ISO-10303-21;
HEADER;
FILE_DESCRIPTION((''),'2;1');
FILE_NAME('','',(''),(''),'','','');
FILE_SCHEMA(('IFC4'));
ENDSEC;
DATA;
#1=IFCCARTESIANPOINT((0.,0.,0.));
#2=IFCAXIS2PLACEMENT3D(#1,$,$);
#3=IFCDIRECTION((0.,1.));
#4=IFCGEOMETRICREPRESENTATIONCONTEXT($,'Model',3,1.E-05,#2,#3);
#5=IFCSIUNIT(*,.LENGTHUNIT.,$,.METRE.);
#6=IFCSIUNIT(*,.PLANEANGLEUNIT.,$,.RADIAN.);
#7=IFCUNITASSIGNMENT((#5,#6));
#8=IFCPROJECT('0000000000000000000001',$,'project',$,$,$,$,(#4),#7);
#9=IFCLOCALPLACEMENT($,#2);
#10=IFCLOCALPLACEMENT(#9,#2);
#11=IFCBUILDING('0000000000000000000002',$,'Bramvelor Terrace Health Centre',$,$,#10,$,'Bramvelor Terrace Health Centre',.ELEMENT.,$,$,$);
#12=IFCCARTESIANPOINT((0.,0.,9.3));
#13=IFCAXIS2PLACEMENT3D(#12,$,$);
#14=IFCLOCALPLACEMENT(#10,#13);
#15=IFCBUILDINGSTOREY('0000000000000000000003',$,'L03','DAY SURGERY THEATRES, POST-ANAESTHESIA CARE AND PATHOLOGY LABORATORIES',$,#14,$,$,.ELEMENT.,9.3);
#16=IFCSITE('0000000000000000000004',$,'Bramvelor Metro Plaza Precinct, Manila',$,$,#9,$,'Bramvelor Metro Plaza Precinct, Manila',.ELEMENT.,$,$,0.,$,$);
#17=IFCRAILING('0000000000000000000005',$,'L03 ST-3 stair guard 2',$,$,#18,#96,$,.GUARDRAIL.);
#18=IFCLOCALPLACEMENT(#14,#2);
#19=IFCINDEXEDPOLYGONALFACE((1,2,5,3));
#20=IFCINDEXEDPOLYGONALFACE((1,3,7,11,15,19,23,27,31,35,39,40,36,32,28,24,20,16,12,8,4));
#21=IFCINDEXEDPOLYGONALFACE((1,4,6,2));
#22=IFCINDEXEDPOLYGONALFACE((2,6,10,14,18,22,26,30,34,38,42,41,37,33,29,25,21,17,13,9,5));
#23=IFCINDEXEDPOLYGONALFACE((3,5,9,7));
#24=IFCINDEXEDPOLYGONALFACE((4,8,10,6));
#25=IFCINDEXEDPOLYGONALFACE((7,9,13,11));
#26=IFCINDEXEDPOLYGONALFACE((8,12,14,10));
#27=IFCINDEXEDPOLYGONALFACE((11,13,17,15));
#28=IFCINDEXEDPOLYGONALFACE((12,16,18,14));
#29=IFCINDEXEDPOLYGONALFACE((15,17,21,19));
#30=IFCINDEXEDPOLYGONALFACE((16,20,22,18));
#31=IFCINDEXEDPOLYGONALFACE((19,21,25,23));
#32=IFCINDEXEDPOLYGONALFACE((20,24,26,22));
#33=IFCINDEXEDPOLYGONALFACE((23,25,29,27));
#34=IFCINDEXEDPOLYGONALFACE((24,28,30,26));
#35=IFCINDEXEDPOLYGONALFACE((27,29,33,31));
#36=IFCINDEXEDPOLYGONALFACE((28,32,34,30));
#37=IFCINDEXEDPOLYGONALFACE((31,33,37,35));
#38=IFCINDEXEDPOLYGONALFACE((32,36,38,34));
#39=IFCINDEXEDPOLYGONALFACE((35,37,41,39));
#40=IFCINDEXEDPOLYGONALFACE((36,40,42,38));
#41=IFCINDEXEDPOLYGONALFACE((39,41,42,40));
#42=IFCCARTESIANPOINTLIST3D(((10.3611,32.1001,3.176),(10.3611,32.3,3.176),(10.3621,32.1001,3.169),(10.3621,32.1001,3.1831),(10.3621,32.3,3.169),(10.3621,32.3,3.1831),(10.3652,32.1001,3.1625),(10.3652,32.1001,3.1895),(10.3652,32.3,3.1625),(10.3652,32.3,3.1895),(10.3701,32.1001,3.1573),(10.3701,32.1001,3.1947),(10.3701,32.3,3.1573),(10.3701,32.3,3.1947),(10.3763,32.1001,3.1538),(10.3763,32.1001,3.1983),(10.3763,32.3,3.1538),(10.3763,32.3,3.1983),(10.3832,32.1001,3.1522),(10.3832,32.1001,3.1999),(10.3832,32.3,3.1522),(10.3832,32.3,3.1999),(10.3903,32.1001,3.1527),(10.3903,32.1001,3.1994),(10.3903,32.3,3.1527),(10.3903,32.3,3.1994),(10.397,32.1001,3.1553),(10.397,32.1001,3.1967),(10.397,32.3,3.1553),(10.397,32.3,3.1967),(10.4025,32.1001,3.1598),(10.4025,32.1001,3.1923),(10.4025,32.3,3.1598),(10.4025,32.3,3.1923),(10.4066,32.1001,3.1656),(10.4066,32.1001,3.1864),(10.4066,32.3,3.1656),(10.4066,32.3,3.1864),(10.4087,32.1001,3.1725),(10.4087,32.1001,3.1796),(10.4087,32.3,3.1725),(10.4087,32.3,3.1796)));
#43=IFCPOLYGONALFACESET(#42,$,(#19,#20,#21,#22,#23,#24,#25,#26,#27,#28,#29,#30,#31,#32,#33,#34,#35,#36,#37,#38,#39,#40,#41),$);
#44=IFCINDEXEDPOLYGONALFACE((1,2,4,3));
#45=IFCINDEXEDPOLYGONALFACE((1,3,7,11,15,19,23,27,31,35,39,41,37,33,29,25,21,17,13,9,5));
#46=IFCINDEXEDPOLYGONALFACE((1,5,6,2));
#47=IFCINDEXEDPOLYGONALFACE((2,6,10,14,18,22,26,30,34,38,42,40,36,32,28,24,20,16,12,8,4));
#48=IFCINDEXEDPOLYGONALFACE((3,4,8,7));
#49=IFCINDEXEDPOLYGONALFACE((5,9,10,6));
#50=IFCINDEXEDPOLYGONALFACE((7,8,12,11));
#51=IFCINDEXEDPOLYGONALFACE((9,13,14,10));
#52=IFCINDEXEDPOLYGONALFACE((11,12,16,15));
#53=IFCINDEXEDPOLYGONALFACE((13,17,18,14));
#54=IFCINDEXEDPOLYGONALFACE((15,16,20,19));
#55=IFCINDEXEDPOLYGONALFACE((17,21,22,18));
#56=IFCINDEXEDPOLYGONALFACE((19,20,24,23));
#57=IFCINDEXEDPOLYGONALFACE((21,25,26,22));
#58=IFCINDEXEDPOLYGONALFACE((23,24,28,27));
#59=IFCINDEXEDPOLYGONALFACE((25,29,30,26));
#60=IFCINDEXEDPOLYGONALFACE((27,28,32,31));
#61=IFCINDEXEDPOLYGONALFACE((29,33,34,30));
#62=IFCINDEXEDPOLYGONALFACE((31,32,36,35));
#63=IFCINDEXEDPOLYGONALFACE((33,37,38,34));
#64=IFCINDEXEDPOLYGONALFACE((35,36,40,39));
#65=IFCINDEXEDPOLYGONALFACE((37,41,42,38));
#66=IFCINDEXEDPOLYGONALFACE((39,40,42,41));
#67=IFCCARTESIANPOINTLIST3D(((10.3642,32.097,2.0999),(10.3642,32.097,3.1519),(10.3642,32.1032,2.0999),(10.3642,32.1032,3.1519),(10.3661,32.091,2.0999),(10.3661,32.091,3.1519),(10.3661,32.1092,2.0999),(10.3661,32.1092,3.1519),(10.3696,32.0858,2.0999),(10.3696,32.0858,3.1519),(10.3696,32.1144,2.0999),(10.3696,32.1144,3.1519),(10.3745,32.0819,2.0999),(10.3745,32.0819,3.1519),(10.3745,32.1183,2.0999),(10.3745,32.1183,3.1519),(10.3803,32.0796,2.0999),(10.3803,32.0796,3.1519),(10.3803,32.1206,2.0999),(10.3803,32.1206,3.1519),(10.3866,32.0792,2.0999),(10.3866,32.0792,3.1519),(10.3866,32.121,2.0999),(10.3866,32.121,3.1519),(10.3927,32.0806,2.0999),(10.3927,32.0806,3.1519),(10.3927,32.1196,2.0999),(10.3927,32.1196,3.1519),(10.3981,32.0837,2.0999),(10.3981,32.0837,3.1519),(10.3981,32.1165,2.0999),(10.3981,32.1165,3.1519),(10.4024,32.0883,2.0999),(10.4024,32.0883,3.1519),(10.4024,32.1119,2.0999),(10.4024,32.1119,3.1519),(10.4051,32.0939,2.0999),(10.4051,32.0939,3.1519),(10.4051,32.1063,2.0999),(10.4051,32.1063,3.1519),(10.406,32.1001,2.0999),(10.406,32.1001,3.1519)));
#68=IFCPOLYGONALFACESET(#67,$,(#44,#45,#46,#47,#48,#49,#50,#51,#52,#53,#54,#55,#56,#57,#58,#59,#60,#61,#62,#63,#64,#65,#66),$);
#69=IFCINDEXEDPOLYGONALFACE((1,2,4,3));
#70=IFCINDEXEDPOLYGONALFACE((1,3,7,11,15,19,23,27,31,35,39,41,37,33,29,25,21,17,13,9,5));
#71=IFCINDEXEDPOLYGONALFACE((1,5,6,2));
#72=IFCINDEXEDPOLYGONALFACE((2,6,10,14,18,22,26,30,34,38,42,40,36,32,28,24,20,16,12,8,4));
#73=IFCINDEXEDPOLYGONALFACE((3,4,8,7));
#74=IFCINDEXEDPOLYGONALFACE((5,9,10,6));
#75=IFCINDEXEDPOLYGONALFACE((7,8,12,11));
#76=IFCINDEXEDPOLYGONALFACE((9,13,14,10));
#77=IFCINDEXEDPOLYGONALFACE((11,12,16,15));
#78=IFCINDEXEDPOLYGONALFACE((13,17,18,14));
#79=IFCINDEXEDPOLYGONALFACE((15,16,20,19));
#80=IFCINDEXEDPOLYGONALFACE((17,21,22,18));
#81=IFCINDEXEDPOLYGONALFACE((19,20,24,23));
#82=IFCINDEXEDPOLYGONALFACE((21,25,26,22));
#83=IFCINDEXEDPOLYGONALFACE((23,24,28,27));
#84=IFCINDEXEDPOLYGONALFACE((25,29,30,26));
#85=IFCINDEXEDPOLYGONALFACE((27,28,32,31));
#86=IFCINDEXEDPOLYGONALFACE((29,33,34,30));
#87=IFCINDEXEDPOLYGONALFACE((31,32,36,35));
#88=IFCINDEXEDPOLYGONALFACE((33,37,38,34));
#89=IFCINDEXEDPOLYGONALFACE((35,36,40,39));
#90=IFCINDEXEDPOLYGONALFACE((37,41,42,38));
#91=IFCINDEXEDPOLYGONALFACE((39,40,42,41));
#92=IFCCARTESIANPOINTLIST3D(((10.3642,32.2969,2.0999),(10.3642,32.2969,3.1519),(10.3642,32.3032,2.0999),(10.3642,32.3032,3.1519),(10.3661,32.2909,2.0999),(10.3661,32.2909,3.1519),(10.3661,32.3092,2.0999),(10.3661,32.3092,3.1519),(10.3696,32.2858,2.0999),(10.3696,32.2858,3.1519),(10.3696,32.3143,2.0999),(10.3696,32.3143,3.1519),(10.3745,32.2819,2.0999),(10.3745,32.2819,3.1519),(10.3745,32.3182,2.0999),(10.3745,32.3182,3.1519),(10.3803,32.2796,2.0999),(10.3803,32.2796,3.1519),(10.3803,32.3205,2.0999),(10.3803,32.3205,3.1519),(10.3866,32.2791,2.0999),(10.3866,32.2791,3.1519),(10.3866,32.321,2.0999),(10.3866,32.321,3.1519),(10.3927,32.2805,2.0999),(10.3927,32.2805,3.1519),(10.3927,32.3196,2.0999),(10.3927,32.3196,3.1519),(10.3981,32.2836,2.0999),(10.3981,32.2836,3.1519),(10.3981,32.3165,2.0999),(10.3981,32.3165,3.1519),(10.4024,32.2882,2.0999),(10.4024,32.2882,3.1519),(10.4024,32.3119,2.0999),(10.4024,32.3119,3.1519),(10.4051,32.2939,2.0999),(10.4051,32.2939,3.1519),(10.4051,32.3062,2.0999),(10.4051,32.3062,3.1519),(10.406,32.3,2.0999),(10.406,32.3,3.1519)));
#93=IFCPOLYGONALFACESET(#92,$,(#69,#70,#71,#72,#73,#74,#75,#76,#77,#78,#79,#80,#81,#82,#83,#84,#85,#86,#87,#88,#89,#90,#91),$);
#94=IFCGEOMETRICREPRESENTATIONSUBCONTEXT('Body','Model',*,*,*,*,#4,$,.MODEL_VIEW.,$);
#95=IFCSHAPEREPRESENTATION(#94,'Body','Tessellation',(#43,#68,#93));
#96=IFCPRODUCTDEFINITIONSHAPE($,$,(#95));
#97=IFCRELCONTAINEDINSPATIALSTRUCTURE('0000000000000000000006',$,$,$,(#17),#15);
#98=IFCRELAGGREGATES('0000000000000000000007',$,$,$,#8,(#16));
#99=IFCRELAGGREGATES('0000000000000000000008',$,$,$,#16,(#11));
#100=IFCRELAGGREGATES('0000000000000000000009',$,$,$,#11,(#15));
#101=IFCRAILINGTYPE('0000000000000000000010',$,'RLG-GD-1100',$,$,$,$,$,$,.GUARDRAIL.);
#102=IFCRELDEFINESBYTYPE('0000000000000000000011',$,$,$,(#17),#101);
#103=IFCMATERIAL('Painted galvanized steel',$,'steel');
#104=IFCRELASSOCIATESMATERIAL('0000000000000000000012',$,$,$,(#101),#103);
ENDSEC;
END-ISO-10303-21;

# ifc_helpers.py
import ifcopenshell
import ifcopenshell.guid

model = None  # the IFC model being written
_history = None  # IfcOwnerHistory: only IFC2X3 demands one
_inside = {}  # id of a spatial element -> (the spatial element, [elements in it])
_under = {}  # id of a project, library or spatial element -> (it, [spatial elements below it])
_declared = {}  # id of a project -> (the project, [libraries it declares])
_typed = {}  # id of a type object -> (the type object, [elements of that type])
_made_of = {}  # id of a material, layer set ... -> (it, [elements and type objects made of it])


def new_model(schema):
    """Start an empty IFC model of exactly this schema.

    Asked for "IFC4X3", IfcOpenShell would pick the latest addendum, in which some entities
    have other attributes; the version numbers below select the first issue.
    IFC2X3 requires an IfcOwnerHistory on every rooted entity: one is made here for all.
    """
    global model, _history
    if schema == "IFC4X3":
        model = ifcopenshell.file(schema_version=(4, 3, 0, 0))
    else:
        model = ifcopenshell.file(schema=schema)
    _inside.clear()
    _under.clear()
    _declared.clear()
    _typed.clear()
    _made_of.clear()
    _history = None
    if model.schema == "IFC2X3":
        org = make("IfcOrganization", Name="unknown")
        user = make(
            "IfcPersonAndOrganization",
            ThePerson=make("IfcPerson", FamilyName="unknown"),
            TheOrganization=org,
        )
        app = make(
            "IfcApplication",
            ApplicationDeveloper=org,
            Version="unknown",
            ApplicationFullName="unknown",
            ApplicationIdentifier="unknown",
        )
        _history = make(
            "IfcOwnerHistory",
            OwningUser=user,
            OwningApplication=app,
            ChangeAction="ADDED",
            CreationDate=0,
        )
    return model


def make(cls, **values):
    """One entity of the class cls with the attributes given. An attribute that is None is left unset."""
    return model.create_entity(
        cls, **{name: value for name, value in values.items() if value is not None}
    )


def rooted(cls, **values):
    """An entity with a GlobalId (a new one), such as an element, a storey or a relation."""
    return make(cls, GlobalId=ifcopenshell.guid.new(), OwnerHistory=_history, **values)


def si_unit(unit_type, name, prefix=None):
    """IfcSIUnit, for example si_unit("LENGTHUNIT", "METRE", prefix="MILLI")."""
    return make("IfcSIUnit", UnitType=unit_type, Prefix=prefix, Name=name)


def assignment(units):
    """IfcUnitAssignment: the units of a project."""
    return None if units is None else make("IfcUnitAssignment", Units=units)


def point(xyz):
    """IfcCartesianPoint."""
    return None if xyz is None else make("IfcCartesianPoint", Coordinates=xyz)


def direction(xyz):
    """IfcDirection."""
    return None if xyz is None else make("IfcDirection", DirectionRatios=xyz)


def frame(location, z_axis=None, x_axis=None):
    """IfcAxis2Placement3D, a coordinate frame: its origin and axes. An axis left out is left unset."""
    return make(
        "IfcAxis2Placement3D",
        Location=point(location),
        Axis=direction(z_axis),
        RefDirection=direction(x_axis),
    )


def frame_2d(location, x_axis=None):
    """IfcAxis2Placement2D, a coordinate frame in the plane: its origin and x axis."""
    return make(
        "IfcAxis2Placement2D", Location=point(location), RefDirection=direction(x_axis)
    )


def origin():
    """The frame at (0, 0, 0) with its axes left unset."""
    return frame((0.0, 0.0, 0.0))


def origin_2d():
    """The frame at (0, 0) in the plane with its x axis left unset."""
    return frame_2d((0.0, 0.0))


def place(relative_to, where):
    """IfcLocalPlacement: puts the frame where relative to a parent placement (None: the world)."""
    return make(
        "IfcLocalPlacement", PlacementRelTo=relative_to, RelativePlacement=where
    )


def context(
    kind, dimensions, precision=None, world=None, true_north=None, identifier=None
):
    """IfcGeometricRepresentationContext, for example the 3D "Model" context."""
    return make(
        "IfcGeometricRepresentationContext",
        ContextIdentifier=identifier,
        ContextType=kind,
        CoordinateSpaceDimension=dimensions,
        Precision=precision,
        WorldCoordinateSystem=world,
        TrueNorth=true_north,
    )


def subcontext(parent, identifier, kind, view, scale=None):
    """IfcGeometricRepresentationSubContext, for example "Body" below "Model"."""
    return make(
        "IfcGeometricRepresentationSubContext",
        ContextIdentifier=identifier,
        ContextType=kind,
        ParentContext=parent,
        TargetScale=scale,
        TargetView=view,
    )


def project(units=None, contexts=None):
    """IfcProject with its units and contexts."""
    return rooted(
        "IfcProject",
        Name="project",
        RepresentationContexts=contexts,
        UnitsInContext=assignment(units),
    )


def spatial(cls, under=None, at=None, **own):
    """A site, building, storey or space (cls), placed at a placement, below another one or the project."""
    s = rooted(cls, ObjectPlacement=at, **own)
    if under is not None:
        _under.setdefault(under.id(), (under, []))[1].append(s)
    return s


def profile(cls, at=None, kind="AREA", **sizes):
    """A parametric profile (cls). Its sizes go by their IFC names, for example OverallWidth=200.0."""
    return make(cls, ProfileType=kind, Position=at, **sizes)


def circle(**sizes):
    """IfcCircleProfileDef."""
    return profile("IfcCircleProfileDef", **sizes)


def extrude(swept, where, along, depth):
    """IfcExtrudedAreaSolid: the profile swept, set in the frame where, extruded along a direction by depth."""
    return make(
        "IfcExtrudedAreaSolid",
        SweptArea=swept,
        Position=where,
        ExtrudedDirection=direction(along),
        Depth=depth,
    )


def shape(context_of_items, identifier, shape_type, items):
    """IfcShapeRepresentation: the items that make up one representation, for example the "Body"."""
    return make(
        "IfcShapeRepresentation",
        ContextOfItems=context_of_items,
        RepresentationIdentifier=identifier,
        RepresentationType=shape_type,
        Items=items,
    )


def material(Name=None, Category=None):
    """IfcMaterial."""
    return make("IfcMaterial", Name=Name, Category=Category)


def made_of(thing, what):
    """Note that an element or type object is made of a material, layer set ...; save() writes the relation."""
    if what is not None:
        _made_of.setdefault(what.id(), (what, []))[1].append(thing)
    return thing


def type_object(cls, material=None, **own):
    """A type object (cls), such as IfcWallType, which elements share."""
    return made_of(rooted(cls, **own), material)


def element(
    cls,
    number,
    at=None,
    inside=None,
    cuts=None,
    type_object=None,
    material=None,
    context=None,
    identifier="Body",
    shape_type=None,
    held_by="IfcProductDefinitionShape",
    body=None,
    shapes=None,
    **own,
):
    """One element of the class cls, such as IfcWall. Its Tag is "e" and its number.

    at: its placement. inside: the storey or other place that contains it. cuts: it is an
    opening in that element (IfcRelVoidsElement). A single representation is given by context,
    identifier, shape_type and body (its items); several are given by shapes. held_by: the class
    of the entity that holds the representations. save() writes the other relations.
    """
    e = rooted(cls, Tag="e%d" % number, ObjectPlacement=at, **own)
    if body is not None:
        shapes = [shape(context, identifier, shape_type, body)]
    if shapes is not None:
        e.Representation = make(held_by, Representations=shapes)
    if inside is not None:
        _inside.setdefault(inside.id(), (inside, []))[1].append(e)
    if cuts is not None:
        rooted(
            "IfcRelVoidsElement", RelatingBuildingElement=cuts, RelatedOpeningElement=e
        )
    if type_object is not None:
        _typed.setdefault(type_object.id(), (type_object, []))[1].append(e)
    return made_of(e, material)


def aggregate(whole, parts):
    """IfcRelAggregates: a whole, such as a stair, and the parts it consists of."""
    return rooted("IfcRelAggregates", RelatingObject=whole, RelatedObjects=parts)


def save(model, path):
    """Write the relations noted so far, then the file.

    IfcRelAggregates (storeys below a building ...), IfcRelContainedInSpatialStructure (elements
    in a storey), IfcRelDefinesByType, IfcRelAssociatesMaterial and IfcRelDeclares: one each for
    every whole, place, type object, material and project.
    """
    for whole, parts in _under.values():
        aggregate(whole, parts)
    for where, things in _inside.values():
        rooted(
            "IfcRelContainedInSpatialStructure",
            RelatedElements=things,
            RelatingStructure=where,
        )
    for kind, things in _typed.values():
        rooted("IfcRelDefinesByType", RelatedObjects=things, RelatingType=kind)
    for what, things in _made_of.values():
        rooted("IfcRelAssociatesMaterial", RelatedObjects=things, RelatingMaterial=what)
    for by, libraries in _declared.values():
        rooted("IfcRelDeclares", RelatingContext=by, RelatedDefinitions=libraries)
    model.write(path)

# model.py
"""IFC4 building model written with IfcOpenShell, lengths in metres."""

from ifc_helpers import new_model, si_unit, direction, frame, origin, origin_2d, place, context, subcontext, project, spatial, circle, extrude, material, type_object, element, save


model = new_model("IFC4")

# Units and contexts
model_context = context("Model", 3, precision=1e-05, world=origin(), true_north=direction((0.0, 1.0)))
body_context = subcontext(model_context, "Body", "Model", "MODEL_VIEW")
ifc_project = project(units=[si_unit("LENGTHUNIT", "METRE"), si_unit("PLANEANGLEUNIT", "RADIAN")], contexts=[model_context])

# Site, building, storey
site_placement = place(None, origin())
site = spatial("IfcSite", under=ifc_project, at=site_placement, Name="Bramvelor Metro Plaza Precinct, Manila", LongName="Bramvelor Metro Plaza Precinct, Manila", CompositionType="ELEMENT", RefElevation=0.0)
building_placement = place(site_placement, origin())
building = spatial("IfcBuilding", under=site, at=building_placement, Name="Bramvelor Terrace Health Centre", LongName="Bramvelor Terrace Health Centre", CompositionType="ELEMENT")
storey_placement = place(building_placement, frame((0.0, 0.0, 9.3)))
storey = spatial("IfcBuildingStorey", under=building, at=storey_placement, Name="L03", Description="DAY SURGERY THEATRES, POST-ANAESTHESIA CARE AND PATHOLOGY LABORATORIES", CompositionType="ELEMENT", Elevation=9.3)

# Railing
ifc_material_1 = material(Name="Painted galvanized steel", Category="steel")
railing_type_1 = type_object("IfcRailingType", Name="RLG-GD-1100", PredefinedType="GUARDRAIL", material=ifc_material_1)
railing_1_placement = place(storey_placement, frame((10.385, 32.1001, 2.0999)))
element("IfcRailing", 1, at=railing_1_placement, inside=storey, type_object=railing_type_1, Name="L03 ST-3 stair guard 2", PredefinedType="GUARDRAIL", context=body_context, shape_type="SweptSolid", body=[
    extrude(circle(Radius=0.0239, at=origin_2d()), frame((0.0, 0.0, 1.0762), z_axis=(0.0, 1.0, 0.0), x_axis=(-1.0, 0.0, 0.0)), (0.0, 0.0, 1.0), 0.2),
    extrude(circle(Radius=0.021, at=origin_2d()), origin(), (0.0, 0.0, 1.0), 1.052),
    extrude(circle(Radius=0.021, at=origin_2d()), frame((0.0, 0.2, 0.0)), (0.0, 0.0, 1.0), 1.052),
])

save(model, "model.ifc")
